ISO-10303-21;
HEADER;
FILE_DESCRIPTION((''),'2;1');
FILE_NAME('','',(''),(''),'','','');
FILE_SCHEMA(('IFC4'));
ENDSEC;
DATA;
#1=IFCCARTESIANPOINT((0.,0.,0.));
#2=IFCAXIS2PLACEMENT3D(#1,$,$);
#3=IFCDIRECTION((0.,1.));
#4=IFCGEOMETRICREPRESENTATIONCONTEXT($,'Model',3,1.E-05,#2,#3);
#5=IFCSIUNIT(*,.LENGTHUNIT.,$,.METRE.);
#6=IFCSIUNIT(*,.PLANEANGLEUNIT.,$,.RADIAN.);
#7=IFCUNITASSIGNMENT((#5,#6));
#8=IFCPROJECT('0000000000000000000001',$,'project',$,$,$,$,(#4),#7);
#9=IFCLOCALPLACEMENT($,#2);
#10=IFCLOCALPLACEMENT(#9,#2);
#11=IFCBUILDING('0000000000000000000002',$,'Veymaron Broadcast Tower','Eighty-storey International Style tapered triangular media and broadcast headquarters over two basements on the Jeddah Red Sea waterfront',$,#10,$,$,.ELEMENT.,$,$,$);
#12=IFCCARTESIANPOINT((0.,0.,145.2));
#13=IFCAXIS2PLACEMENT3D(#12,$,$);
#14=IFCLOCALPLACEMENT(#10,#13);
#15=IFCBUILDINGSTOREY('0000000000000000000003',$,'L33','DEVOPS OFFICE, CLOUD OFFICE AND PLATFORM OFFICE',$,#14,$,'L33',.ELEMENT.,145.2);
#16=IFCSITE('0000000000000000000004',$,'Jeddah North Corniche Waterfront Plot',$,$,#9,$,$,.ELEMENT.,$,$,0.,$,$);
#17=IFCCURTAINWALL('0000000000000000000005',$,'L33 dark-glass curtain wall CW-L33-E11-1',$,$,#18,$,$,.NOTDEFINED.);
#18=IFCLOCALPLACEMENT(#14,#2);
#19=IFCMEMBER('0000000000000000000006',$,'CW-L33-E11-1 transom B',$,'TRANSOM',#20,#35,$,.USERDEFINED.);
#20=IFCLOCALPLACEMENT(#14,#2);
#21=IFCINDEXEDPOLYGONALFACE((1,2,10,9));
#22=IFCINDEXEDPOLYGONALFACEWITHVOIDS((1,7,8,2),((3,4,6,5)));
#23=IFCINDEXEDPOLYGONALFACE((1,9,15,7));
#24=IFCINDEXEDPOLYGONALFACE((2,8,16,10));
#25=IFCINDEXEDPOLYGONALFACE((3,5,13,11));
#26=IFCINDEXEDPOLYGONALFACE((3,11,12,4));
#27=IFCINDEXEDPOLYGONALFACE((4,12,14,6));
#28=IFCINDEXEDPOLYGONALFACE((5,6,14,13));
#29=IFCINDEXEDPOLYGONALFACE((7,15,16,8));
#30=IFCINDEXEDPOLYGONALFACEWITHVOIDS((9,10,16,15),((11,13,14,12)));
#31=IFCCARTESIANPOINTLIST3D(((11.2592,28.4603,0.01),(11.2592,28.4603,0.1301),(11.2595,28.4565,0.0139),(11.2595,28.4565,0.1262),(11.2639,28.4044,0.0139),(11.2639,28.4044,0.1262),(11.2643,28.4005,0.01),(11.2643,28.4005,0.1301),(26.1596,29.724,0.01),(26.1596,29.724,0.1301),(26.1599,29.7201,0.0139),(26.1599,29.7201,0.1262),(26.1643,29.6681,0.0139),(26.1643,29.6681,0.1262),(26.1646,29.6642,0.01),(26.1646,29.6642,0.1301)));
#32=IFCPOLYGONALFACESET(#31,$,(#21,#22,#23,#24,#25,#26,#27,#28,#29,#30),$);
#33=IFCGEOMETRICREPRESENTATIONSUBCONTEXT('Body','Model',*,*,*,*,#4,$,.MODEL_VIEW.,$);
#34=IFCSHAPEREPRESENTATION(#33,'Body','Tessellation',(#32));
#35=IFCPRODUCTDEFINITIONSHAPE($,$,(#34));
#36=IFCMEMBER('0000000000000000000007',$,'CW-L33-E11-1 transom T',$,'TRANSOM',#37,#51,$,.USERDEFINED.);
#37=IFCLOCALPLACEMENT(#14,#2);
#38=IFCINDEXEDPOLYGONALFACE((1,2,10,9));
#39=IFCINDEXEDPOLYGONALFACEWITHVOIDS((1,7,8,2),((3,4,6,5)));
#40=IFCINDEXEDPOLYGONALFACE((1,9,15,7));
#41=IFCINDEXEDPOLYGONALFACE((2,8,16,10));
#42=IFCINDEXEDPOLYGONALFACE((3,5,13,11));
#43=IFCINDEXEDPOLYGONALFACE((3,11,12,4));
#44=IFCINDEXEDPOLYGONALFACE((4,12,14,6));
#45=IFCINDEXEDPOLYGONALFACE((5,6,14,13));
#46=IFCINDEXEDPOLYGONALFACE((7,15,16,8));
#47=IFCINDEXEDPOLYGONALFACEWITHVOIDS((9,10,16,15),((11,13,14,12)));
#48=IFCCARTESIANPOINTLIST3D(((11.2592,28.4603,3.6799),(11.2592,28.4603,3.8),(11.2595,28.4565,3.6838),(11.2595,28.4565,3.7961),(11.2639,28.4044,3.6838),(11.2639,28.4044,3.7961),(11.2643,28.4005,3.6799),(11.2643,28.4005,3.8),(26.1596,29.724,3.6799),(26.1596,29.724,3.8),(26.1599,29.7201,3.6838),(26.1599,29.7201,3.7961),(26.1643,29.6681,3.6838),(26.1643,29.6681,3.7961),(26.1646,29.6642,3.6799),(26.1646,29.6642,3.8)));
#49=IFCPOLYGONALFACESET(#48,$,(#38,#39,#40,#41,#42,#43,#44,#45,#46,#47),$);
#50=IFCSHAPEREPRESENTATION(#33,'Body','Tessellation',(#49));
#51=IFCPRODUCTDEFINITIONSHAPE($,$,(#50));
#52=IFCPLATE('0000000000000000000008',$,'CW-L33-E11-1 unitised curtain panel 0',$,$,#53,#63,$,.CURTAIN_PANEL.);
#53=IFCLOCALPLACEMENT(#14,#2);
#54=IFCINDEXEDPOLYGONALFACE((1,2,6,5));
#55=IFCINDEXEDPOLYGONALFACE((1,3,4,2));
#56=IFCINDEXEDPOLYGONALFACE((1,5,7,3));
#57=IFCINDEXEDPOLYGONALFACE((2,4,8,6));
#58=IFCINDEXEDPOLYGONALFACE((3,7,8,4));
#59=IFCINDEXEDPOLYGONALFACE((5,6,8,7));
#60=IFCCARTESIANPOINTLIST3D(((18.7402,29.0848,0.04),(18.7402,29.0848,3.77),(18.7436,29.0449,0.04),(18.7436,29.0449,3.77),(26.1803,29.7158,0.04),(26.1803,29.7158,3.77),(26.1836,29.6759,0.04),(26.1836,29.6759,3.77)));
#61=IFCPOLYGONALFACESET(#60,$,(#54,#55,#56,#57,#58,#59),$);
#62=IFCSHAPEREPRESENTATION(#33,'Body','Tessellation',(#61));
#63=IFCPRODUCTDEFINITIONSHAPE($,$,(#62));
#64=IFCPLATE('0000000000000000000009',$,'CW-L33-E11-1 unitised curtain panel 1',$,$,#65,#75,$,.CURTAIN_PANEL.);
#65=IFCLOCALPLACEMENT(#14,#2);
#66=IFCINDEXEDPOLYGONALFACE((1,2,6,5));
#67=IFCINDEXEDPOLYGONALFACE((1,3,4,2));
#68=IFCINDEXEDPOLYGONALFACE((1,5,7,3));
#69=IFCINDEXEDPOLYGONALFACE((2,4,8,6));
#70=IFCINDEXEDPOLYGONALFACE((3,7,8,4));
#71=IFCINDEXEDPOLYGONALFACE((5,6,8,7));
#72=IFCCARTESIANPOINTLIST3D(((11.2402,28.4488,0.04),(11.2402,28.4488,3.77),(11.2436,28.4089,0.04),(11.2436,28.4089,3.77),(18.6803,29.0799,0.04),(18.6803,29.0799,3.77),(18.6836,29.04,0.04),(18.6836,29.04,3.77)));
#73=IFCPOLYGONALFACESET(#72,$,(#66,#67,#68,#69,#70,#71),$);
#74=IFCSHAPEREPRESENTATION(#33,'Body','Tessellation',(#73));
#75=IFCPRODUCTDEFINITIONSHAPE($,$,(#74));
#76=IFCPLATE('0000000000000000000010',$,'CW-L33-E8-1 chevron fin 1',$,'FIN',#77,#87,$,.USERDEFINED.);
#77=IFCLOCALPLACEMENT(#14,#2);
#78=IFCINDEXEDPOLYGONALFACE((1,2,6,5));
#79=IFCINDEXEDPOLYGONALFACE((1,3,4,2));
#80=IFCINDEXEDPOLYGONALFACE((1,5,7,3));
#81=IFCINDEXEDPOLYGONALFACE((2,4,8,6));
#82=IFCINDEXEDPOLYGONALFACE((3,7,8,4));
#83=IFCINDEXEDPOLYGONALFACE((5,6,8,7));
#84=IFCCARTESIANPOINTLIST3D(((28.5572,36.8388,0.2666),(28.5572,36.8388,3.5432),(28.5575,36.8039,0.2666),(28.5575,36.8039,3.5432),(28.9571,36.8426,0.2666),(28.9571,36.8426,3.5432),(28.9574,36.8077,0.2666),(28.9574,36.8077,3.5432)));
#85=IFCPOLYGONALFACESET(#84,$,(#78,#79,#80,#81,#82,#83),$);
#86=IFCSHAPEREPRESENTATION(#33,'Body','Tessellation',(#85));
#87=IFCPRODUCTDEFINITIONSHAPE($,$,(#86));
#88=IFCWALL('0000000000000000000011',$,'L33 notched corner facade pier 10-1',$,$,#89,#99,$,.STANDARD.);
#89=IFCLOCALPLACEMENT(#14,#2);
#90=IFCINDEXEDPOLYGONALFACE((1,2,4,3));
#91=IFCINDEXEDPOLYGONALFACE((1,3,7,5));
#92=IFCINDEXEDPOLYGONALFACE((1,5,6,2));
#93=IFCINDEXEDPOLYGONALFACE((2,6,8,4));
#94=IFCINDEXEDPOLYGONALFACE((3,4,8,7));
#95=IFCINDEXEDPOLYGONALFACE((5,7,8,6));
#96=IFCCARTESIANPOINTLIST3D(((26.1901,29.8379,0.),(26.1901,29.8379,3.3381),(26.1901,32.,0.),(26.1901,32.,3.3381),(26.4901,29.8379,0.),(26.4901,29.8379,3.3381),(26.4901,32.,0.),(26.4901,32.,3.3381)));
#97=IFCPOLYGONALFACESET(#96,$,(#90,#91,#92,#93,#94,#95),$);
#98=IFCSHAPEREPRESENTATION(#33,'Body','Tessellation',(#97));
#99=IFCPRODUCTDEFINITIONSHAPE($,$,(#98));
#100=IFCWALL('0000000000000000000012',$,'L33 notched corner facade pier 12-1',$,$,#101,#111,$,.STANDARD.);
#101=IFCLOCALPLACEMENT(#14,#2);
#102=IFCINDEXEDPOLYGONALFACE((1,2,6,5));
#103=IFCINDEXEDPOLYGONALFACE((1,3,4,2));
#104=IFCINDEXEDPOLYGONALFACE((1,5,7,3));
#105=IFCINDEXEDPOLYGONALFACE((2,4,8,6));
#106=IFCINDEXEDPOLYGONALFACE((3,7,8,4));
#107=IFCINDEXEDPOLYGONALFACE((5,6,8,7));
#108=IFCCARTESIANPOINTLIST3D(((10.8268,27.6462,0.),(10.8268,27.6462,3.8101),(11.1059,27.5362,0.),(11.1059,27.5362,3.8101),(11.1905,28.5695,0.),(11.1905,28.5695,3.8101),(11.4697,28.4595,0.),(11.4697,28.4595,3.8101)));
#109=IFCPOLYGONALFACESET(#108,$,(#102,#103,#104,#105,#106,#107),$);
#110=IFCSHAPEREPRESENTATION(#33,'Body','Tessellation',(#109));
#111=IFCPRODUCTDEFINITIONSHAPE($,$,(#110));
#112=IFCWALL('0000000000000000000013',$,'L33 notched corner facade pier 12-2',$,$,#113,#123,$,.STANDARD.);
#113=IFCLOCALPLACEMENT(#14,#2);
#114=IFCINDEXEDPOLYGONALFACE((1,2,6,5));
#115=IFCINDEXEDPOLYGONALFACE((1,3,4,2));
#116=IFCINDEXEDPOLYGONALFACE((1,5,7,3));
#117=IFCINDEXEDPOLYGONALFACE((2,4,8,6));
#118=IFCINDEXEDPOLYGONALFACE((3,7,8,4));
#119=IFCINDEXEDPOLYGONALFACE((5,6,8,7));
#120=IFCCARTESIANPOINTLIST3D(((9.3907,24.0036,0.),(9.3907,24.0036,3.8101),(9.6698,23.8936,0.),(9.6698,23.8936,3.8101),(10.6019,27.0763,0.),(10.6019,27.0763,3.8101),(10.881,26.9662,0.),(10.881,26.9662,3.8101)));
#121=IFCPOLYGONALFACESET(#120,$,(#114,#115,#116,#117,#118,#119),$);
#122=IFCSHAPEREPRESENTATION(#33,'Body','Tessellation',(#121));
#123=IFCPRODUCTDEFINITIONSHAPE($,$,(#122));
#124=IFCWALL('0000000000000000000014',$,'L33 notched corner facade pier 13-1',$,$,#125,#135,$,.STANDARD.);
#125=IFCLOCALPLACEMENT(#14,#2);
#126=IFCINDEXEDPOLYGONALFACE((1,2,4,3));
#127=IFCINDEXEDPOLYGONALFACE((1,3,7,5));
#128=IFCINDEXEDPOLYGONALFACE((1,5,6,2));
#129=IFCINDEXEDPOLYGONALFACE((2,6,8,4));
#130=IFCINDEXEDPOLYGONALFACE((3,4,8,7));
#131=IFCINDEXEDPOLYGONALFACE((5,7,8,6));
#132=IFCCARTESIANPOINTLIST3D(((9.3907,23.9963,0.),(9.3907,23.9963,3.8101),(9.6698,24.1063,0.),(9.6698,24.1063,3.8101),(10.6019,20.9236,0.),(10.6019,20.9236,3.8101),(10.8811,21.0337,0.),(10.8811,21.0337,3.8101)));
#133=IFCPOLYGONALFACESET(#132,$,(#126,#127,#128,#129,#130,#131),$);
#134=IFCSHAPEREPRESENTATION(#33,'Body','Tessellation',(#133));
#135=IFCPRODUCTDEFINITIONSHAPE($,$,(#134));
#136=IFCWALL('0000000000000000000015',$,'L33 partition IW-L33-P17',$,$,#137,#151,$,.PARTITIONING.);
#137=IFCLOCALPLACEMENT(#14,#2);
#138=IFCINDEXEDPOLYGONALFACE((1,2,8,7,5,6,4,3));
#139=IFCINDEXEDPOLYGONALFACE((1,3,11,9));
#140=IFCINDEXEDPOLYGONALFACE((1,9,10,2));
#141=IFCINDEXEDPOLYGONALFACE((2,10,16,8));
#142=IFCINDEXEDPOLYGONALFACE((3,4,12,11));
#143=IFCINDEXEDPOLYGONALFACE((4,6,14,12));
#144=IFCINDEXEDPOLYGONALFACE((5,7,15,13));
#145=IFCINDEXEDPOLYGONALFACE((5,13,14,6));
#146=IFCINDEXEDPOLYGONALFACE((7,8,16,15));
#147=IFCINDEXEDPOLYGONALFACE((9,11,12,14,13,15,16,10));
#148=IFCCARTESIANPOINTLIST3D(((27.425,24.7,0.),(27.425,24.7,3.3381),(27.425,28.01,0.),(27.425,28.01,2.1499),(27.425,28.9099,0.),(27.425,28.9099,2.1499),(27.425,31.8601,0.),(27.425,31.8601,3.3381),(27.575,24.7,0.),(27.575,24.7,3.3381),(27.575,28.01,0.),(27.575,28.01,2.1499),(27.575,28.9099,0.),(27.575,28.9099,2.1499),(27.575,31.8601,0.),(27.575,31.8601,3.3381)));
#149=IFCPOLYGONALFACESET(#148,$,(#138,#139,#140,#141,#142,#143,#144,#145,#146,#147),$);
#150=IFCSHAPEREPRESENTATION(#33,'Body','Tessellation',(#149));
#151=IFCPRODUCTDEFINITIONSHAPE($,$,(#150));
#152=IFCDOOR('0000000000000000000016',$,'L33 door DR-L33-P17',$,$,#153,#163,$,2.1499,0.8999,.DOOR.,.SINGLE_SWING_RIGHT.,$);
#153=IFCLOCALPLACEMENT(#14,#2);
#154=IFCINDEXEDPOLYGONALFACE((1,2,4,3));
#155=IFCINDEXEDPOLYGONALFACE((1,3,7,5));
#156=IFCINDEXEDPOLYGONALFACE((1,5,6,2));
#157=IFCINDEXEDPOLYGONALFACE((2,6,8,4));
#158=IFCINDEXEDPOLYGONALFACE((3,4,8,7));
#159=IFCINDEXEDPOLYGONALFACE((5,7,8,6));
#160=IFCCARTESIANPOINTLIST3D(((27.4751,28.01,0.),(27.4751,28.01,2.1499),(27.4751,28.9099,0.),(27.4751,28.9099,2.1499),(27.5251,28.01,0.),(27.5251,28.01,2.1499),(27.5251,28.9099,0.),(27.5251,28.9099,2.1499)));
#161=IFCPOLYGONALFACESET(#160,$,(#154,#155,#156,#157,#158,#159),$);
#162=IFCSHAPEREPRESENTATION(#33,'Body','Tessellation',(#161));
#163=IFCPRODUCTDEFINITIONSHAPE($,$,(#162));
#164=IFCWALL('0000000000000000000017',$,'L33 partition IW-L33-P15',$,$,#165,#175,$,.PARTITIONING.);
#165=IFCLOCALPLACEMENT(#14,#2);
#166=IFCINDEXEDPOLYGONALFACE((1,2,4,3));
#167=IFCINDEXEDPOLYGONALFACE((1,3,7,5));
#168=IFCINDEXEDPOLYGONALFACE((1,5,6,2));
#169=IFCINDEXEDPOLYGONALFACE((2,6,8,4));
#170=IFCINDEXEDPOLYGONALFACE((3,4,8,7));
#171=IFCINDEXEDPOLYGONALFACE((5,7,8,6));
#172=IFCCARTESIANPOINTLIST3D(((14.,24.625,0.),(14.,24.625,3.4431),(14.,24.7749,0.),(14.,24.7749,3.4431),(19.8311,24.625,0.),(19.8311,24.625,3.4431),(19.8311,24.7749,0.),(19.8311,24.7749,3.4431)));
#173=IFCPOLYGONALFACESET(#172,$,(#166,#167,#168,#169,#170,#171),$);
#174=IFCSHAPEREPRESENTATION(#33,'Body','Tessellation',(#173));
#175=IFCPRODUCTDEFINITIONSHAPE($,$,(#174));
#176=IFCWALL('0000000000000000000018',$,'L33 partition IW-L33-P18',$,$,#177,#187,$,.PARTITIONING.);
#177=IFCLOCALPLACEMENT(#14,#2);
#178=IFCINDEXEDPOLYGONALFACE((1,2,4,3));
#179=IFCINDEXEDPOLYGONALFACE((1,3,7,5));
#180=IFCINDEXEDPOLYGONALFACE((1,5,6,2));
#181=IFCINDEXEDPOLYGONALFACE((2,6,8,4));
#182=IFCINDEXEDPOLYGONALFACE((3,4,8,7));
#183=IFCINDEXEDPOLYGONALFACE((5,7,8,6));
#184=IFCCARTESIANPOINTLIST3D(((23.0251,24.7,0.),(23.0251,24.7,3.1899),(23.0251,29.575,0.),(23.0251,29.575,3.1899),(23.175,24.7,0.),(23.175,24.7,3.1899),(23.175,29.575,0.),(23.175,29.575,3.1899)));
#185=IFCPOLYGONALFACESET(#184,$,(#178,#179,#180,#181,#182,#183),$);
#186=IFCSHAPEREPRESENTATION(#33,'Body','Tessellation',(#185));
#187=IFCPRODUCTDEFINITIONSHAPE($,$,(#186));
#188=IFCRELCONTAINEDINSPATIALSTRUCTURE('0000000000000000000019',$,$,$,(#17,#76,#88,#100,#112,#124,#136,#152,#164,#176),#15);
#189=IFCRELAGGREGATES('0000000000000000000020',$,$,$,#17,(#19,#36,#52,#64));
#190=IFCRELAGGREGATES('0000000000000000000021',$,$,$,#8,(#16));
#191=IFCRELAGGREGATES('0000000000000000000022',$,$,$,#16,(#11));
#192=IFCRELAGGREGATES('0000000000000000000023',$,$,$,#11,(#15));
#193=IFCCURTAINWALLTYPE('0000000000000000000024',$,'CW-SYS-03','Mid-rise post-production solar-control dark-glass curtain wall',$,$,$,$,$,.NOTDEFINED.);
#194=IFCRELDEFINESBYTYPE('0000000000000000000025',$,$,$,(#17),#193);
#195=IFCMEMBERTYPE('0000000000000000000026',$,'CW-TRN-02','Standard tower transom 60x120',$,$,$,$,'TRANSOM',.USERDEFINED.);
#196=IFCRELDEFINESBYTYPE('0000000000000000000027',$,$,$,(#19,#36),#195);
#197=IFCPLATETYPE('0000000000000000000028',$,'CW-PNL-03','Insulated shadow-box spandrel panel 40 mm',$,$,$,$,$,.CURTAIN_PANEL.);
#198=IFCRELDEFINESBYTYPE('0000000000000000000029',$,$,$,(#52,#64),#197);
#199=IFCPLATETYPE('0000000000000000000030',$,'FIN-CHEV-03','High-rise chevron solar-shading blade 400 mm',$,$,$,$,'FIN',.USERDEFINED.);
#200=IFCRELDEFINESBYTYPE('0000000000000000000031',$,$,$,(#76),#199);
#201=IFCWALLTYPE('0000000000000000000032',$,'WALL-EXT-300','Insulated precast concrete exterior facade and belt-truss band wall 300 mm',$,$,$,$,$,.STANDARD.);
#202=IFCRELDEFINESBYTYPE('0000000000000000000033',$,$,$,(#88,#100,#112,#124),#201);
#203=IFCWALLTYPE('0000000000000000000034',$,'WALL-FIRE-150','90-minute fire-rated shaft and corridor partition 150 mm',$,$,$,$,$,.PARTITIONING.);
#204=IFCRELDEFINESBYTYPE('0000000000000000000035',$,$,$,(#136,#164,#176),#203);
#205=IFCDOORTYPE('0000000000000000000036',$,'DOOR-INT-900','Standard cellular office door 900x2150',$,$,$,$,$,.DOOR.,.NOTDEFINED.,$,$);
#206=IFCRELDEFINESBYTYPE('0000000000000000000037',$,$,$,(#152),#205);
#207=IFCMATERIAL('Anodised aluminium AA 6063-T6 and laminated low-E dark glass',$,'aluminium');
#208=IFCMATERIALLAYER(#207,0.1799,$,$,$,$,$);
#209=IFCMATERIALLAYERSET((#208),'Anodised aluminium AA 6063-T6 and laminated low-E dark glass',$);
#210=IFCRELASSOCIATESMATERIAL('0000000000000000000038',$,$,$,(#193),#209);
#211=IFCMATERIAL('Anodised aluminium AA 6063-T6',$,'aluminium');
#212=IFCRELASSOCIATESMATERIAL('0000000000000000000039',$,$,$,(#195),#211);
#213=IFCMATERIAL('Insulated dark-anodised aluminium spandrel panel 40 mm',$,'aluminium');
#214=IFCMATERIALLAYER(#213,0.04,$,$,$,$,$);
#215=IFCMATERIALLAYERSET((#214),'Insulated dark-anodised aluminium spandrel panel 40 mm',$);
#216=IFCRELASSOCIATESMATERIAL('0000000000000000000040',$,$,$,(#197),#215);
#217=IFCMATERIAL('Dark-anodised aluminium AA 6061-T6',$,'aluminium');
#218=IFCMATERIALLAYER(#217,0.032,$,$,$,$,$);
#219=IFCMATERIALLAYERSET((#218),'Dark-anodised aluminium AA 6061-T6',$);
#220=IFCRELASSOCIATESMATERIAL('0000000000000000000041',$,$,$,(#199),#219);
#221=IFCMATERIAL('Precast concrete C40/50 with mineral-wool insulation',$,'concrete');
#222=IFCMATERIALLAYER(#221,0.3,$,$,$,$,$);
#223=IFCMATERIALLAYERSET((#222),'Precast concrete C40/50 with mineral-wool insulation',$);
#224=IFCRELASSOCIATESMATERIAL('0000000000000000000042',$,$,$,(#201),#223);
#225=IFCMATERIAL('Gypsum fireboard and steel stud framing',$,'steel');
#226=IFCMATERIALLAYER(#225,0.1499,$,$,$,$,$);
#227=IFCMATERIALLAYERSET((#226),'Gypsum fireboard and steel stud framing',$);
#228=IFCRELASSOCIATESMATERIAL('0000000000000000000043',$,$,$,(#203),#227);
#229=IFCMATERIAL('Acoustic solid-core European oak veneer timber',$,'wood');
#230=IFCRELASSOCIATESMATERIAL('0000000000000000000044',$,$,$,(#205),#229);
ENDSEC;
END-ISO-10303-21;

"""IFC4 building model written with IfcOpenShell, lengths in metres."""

from ifc_helpers import new_model, si_unit, direction, frame, frame_2d, origin, origin_2d, place, context, subcontext, project, spatial, rectangle, hollow_rectangle, extrude, material, layer, layer_set, material_profile, profile_set, type_object, element, fill, aggregate, save


model = new_model("IFC4")

# Units and contexts
model_context = context("Model", 3, precision=1e-05, world=origin(), true_north=direction((0.0, 1.0)))
body_context = subcontext(model_context, "Body", "Model", "MODEL_VIEW")
ifc_project = project(units=[si_unit("LENGTHUNIT", "METRE"), si_unit("PLANEANGLEUNIT", "RADIAN")], contexts=[model_context])

# Site, building, storey
site_placement = place(None, origin())
site = spatial("IfcSite", under=ifc_project, at=site_placement, Name="Jeddah North Corniche Waterfront Plot", CompositionType="ELEMENT", RefElevation=0.0)
building_placement = place(site_placement, origin())
building = spatial("IfcBuilding", under=site, at=building_placement, Name="Veymaron Broadcast Tower", Description="Eighty-storey International Style tapered triangular media and broadcast headquarters over two basements on the Jeddah Red Sea waterfront", CompositionType="ELEMENT")
storey_placement = place(building_placement, frame((0.0, 0.0, 145.2)))
storey = spatial("IfcBuildingStorey", under=building, at=storey_placement, Name="L33", Description="DEVOPS OFFICE, CLOUD OFFICE AND PLATFORM OFFICE", LongName="L33", CompositionType="ELEMENT", Elevation=145.2)

# Curtain wall, members, plates
ifc_material_1 = material(Name="Anodised aluminium AA 6063-T6 and laminated low-E dark glass", Category="aluminium")
ifc_layer_1 = layer(ifc_material_1, 0.1799)
ifc_layer_set_1 = layer_set([ifc_layer_1], Name="Anodised aluminium AA 6063-T6 and laminated low-E dark glass")
curtain_wall_type = type_object("IfcCurtainWallType", Name="CW-SYS-03", Description="Mid-rise post-production solar-control dark-glass curtain wall", PredefinedType="NOTDEFINED", material=ifc_layer_set_1)
curtain_wall_placement = place(storey_placement, origin())
curtain_wall = element("IfcCurtainWall", 1, at=curtain_wall_placement, inside=storey, type_object=curtain_wall_type, Name="L33 dark-glass curtain wall CW-L33-E11-1", PredefinedType="NOTDEFINED")
ifc_material_2 = material(Name="Anodised aluminium AA 6063-T6", Category="aluminium")
ifc_material_profile_1 = material_profile(ifc_material_2, hollow_rectangle(XDim=0.0601, YDim=0.1201, WallThickness=0.0039, at=origin_2d()), Name="AL120X60X4")
ifc_profile_set_1 = profile_set([ifc_material_profile_1], Name="Anodised aluminium AA 6063-T6")
member_type_1 = type_object("IfcMemberType", Name="CW-TRN-02", Description="Standard tower transom 60x120", ElementType="TRANSOM", PredefinedType="USERDEFINED", material=ifc_profile_set_1)
member_1_placement = place(storey_placement, frame((26.1621, 29.6941, 0.0701), z_axis=(-0.996423, -0.084505, 0.0), x_axis=(0.084505, -0.996423, 0.0)))
member_1 = element("IfcMember", 2, at=member_1_placement, type_object=member_type_1, Name="CW-L33-E11-1 transom B", ObjectType="TRANSOM", PredefinedType="USERDEFINED", context=body_context, shape_type="SweptSolid", body=[
    extrude(hollow_rectangle(XDim=0.0601, YDim=0.1201, WallThickness=0.0039, at=origin_2d()), origin(), (0.0, 0.0, 1.0), 14.9539),
])
member_2_placement = place(storey_placement, frame((26.1621, 29.6941, 3.74), z_axis=(-0.996423, -0.084505, 0.0), x_axis=(0.084505, -0.996423, 0.0)))
member_2 = element("IfcMember", 3, at=member_2_placement, type_object=member_type_1, Name="CW-L33-E11-1 transom T", ObjectType="TRANSOM", PredefinedType="USERDEFINED", context=body_context, shape_type="SweptSolid", body=[
    extrude(hollow_rectangle(XDim=0.0601, YDim=0.1201, WallThickness=0.0039, at=origin_2d()), origin(), (0.0, 0.0, 1.0), 14.9539),
])
ifc_material_3 = material(Name="Insulated dark-anodised aluminium spandrel panel 40 mm", Category="aluminium")
ifc_layer_2 = layer(ifc_material_3, 0.04)
ifc_layer_set_2 = layer_set([ifc_layer_2], Name="Insulated dark-anodised aluminium spandrel panel 40 mm")
plate_type_1 = type_object("IfcPlateType", Name="CW-PNL-03", Description="Insulated shadow-box spandrel panel 40 mm", PredefinedType="CURTAIN_PANEL", material=ifc_layer_set_2)
plate_1_placement = place(storey_placement, frame((22.4619, 29.3804, 0.04), z_axis=(0.0, 0.0, 1.0), x_axis=(-0.996422, -0.084513, 0.0)))
plate_1 = element("IfcPlate", 4, at=plate_1_placement, type_object=plate_type_1, Name="CW-L33-E11-1 unitised curtain panel 0", PredefinedType="CURTAIN_PANEL", context=body_context, shape_type="SweptSolid", body=[
    extrude(rectangle(XDim=7.4668, YDim=0.04, at=origin_2d()), origin(), (0.0, 0.0, 1.0), 3.73),
])
plate_2_placement = place(storey_placement, frame((14.9619, 28.7444, 0.04), z_axis=(0.0, 0.0, 1.0), x_axis=(-0.996422, -0.084513, 0.0)))
plate_2 = element("IfcPlate", 5, at=plate_2_placement, type_object=plate_type_1, Name="CW-L33-E11-1 unitised curtain panel 1", PredefinedType="CURTAIN_PANEL", context=body_context, shape_type="SweptSolid", body=[
    extrude(rectangle(XDim=7.4668, YDim=0.04, at=origin_2d()), origin(), (0.0, 0.0, 1.0), 3.73),
])
aggregate(curtain_wall, [member_1, member_2, plate_1, plate_2])

# Plate
ifc_material_4 = material(Name="Dark-anodised aluminium AA 6061-T6", Category="aluminium")
ifc_layer_3 = layer(ifc_material_4, 0.032)
ifc_layer_set_3 = layer_set([ifc_layer_3], Name="Dark-anodised aluminium AA 6061-T6")
plate_type_2 = type_object("IfcPlateType", Name="FIN-CHEV-03", Description="High-rise chevron solar-shading blade 400 mm", ElementType="FIN", PredefinedType="USERDEFINED", material=ifc_layer_set_3)
plate_3_placement = place(storey_placement, frame((28.7573, 36.8232, 0.2666), z_axis=(0.0, 0.0, 1.0), x_axis=(-0.999956, -0.009355, 0.0)))
element("IfcPlate", 6, at=plate_3_placement, inside=storey, type_object=plate_type_2, Name="CW-L33-E8-1 chevron fin 1", ObjectType="FIN", PredefinedType="USERDEFINED", context=body_context, shape_type="SweptSolid", body=[
    extrude(rectangle(XDim=0.3999, YDim=0.0349, at=origin_2d()), origin(), (0.0, 0.0, 1.0), 3.2766),
])

# Walls
ifc_material_5 = material(Name="Precast concrete C40/50 with mineral-wool insulation", Category="concrete")
ifc_layer_4 = layer(ifc_material_5, 0.3)
ifc_layer_set_4 = layer_set([ifc_layer_4], Name="Precast concrete C40/50 with mineral-wool insulation")
wall_type_1 = type_object("IfcWallType", Name="WALL-EXT-300", Description="Insulated precast concrete exterior facade and belt-truss band wall 300 mm", PredefinedType="STANDARD", material=ifc_layer_set_4)
wall_1_placement = place(storey_placement, frame((26.3401, 32.0, 0.0), z_axis=(0.0, 0.0, 1.0), x_axis=(0.0, -1.0, 0.0)))
element("IfcWall", 7, at=wall_1_placement, inside=storey, type_object=wall_type_1, Name="L33 notched corner facade pier 10-1", PredefinedType="STANDARD", context=body_context, shape_type="SweptSolid", body=[
    extrude(rectangle(XDim=2.1621, YDim=0.3, at=frame_2d((1.0811, 0.0))), origin(), (0.0, 0.0, 1.0), 3.3381),
])
wall_2_placement = place(storey_placement, frame((11.3301, 28.5144, 0.0), z_axis=(0.0, 0.0, 1.0), x_axis=(-0.36655, -0.930398, 0.0)))
element("IfcWall", 8, at=wall_2_placement, inside=storey, type_object=wall_type_1, Name="L33 notched corner facade pier 12-1", PredefinedType="STANDARD", context=body_context, shape_type="SweptSolid", body=[
    extrude(rectangle(XDim=0.9924, YDim=0.3, at=frame_2d((0.4961, 0.0))), origin(), (0.0, 0.0, 1.0), 3.8101),
])
for number, where, z_axis, x_axis, name in (
    (9, (10.7415, 27.0212, 0.0), (0.0, 0.0, 1.0), (-0.366734, -0.930326, 0.0), "L33 notched corner facade pier 12-2"),
    (10, (9.5303, 24.0513, 0.0), (0.0, 0.0, 1.0), (0.366734, -0.930326, 0.0), "L33 notched corner facade pier 13-1"),
):
    element("IfcWall", number, at=place(storey_placement, frame(where, z_axis=z_axis, x_axis=x_axis)), inside=storey, type_object=wall_type_1, Name=name, PredefinedType="STANDARD", context=body_context, shape_type="SweptSolid", body=[
        extrude(rectangle(XDim=3.3027, YDim=0.3, at=frame_2d((1.6514, 0.0))), origin(), (0.0, 0.0, 1.0), 3.8101),
    ])

# Wall, opening, door
ifc_material_6 = material(Name="Gypsum fireboard and steel stud framing", Category="steel")
ifc_layer_5 = layer(ifc_material_6, 0.1499)
ifc_layer_set_5 = layer_set([ifc_layer_5], Name="Gypsum fireboard and steel stud framing")
wall_type_2 = type_object("IfcWallType", Name="WALL-FIRE-150", Description="90-minute fire-rated shaft and corridor partition 150 mm", PredefinedType="PARTITIONING", material=ifc_layer_set_5)
wall_3_placement = place(storey_placement, frame((27.5, 24.7, 0.0), z_axis=(0.0, 0.0, 1.0), x_axis=(0.0, 1.0, 0.0)))
wall_3 = element("IfcWall", 11, at=wall_3_placement, inside=storey, type_object=wall_type_2, Name="L33 partition IW-L33-P17", PredefinedType="PARTITIONING", context=body_context, shape_type="SweptSolid", body=[
    extrude(rectangle(XDim=7.1602, YDim=0.1499, at=frame_2d((3.5801, 0.0))), origin(), (0.0, 0.0, 1.0), 3.3381),
])
opening_placement = place(wall_3_placement, frame((3.3101, 0.0, 0.0)))
opening = element("IfcOpeningElement", 12, at=opening_placement, cuts=wall_3, PredefinedType="OPENING", context=body_context, shape_type="SweptSolid", body=[
    extrude(rectangle(XDim=0.8999, YDim=2.1499, at=frame_2d((0.45, 1.075))), frame((0.0, 0.085, 0.0), z_axis=(0.0, -1.0, 0.0), x_axis=(1.0, 0.0, 0.0)), (0.0, 0.0, 1.0), 0.1699),
])
ifc_material_7 = material(Name="Acoustic solid-core European oak veneer timber", Category="wood")
door_type = type_object("IfcDoorType", Name="DOOR-INT-900", Description="Standard cellular office door 900x2150", OperationType="NOTDEFINED", PredefinedType="DOOR", material=ifc_material_7)
door_placement = place(opening_placement, origin())
door = element("IfcDoor", 13, at=door_placement, inside=storey, type_object=door_type, Name="L33 door DR-L33-P17", OperationType="SINGLE_SWING_RIGHT", OverallHeight=2.1499, OverallWidth=0.8999, PredefinedType="DOOR", context=body_context, shape_type="SweptSolid", body=[
    extrude(rectangle(XDim=0.8999, YDim=2.1499, at=frame_2d((0.45, 1.075))), frame((0.0, 0.0249, 0.0), z_axis=(0.0, -1.0, 0.0), x_axis=(1.0, 0.0, 0.0)), (0.0, 0.0, 1.0), 0.05),
])
fill(opening, door)

# Walls
wall_4_placement = place(storey_placement, frame((14.0, 24.7, 0.0), z_axis=(0.0, 0.0, 1.0), x_axis=(1.0, 0.0, 0.0)))
element("IfcWall", 14, at=wall_4_placement, inside=storey, type_object=wall_type_2, Name="L33 partition IW-L33-P15", PredefinedType="PARTITIONING", context=body_context, shape_type="SweptSolid", body=[
    extrude(rectangle(XDim=5.8311, YDim=0.1499, at=frame_2d((2.9155, 0.0))), origin(), (0.0, 0.0, 1.0), 3.4431),
])
wall_5_placement = place(storey_placement, frame((23.1001, 24.7, 0.0), z_axis=(0.0, 0.0, 1.0), x_axis=(0.0, 1.0, 0.0)))
element("IfcWall", 15, at=wall_5_placement, inside=storey, type_object=wall_type_2, Name="L33 partition IW-L33-P18", PredefinedType="PARTITIONING", context=body_context, shape_type="SweptSolid", body=[
    extrude(rectangle(XDim=4.875, YDim=0.1499, at=frame_2d((2.4375, 0.0))), origin(), (0.0, 0.0, 1.0), 3.1899),
])

save(model, "model.ifc")
